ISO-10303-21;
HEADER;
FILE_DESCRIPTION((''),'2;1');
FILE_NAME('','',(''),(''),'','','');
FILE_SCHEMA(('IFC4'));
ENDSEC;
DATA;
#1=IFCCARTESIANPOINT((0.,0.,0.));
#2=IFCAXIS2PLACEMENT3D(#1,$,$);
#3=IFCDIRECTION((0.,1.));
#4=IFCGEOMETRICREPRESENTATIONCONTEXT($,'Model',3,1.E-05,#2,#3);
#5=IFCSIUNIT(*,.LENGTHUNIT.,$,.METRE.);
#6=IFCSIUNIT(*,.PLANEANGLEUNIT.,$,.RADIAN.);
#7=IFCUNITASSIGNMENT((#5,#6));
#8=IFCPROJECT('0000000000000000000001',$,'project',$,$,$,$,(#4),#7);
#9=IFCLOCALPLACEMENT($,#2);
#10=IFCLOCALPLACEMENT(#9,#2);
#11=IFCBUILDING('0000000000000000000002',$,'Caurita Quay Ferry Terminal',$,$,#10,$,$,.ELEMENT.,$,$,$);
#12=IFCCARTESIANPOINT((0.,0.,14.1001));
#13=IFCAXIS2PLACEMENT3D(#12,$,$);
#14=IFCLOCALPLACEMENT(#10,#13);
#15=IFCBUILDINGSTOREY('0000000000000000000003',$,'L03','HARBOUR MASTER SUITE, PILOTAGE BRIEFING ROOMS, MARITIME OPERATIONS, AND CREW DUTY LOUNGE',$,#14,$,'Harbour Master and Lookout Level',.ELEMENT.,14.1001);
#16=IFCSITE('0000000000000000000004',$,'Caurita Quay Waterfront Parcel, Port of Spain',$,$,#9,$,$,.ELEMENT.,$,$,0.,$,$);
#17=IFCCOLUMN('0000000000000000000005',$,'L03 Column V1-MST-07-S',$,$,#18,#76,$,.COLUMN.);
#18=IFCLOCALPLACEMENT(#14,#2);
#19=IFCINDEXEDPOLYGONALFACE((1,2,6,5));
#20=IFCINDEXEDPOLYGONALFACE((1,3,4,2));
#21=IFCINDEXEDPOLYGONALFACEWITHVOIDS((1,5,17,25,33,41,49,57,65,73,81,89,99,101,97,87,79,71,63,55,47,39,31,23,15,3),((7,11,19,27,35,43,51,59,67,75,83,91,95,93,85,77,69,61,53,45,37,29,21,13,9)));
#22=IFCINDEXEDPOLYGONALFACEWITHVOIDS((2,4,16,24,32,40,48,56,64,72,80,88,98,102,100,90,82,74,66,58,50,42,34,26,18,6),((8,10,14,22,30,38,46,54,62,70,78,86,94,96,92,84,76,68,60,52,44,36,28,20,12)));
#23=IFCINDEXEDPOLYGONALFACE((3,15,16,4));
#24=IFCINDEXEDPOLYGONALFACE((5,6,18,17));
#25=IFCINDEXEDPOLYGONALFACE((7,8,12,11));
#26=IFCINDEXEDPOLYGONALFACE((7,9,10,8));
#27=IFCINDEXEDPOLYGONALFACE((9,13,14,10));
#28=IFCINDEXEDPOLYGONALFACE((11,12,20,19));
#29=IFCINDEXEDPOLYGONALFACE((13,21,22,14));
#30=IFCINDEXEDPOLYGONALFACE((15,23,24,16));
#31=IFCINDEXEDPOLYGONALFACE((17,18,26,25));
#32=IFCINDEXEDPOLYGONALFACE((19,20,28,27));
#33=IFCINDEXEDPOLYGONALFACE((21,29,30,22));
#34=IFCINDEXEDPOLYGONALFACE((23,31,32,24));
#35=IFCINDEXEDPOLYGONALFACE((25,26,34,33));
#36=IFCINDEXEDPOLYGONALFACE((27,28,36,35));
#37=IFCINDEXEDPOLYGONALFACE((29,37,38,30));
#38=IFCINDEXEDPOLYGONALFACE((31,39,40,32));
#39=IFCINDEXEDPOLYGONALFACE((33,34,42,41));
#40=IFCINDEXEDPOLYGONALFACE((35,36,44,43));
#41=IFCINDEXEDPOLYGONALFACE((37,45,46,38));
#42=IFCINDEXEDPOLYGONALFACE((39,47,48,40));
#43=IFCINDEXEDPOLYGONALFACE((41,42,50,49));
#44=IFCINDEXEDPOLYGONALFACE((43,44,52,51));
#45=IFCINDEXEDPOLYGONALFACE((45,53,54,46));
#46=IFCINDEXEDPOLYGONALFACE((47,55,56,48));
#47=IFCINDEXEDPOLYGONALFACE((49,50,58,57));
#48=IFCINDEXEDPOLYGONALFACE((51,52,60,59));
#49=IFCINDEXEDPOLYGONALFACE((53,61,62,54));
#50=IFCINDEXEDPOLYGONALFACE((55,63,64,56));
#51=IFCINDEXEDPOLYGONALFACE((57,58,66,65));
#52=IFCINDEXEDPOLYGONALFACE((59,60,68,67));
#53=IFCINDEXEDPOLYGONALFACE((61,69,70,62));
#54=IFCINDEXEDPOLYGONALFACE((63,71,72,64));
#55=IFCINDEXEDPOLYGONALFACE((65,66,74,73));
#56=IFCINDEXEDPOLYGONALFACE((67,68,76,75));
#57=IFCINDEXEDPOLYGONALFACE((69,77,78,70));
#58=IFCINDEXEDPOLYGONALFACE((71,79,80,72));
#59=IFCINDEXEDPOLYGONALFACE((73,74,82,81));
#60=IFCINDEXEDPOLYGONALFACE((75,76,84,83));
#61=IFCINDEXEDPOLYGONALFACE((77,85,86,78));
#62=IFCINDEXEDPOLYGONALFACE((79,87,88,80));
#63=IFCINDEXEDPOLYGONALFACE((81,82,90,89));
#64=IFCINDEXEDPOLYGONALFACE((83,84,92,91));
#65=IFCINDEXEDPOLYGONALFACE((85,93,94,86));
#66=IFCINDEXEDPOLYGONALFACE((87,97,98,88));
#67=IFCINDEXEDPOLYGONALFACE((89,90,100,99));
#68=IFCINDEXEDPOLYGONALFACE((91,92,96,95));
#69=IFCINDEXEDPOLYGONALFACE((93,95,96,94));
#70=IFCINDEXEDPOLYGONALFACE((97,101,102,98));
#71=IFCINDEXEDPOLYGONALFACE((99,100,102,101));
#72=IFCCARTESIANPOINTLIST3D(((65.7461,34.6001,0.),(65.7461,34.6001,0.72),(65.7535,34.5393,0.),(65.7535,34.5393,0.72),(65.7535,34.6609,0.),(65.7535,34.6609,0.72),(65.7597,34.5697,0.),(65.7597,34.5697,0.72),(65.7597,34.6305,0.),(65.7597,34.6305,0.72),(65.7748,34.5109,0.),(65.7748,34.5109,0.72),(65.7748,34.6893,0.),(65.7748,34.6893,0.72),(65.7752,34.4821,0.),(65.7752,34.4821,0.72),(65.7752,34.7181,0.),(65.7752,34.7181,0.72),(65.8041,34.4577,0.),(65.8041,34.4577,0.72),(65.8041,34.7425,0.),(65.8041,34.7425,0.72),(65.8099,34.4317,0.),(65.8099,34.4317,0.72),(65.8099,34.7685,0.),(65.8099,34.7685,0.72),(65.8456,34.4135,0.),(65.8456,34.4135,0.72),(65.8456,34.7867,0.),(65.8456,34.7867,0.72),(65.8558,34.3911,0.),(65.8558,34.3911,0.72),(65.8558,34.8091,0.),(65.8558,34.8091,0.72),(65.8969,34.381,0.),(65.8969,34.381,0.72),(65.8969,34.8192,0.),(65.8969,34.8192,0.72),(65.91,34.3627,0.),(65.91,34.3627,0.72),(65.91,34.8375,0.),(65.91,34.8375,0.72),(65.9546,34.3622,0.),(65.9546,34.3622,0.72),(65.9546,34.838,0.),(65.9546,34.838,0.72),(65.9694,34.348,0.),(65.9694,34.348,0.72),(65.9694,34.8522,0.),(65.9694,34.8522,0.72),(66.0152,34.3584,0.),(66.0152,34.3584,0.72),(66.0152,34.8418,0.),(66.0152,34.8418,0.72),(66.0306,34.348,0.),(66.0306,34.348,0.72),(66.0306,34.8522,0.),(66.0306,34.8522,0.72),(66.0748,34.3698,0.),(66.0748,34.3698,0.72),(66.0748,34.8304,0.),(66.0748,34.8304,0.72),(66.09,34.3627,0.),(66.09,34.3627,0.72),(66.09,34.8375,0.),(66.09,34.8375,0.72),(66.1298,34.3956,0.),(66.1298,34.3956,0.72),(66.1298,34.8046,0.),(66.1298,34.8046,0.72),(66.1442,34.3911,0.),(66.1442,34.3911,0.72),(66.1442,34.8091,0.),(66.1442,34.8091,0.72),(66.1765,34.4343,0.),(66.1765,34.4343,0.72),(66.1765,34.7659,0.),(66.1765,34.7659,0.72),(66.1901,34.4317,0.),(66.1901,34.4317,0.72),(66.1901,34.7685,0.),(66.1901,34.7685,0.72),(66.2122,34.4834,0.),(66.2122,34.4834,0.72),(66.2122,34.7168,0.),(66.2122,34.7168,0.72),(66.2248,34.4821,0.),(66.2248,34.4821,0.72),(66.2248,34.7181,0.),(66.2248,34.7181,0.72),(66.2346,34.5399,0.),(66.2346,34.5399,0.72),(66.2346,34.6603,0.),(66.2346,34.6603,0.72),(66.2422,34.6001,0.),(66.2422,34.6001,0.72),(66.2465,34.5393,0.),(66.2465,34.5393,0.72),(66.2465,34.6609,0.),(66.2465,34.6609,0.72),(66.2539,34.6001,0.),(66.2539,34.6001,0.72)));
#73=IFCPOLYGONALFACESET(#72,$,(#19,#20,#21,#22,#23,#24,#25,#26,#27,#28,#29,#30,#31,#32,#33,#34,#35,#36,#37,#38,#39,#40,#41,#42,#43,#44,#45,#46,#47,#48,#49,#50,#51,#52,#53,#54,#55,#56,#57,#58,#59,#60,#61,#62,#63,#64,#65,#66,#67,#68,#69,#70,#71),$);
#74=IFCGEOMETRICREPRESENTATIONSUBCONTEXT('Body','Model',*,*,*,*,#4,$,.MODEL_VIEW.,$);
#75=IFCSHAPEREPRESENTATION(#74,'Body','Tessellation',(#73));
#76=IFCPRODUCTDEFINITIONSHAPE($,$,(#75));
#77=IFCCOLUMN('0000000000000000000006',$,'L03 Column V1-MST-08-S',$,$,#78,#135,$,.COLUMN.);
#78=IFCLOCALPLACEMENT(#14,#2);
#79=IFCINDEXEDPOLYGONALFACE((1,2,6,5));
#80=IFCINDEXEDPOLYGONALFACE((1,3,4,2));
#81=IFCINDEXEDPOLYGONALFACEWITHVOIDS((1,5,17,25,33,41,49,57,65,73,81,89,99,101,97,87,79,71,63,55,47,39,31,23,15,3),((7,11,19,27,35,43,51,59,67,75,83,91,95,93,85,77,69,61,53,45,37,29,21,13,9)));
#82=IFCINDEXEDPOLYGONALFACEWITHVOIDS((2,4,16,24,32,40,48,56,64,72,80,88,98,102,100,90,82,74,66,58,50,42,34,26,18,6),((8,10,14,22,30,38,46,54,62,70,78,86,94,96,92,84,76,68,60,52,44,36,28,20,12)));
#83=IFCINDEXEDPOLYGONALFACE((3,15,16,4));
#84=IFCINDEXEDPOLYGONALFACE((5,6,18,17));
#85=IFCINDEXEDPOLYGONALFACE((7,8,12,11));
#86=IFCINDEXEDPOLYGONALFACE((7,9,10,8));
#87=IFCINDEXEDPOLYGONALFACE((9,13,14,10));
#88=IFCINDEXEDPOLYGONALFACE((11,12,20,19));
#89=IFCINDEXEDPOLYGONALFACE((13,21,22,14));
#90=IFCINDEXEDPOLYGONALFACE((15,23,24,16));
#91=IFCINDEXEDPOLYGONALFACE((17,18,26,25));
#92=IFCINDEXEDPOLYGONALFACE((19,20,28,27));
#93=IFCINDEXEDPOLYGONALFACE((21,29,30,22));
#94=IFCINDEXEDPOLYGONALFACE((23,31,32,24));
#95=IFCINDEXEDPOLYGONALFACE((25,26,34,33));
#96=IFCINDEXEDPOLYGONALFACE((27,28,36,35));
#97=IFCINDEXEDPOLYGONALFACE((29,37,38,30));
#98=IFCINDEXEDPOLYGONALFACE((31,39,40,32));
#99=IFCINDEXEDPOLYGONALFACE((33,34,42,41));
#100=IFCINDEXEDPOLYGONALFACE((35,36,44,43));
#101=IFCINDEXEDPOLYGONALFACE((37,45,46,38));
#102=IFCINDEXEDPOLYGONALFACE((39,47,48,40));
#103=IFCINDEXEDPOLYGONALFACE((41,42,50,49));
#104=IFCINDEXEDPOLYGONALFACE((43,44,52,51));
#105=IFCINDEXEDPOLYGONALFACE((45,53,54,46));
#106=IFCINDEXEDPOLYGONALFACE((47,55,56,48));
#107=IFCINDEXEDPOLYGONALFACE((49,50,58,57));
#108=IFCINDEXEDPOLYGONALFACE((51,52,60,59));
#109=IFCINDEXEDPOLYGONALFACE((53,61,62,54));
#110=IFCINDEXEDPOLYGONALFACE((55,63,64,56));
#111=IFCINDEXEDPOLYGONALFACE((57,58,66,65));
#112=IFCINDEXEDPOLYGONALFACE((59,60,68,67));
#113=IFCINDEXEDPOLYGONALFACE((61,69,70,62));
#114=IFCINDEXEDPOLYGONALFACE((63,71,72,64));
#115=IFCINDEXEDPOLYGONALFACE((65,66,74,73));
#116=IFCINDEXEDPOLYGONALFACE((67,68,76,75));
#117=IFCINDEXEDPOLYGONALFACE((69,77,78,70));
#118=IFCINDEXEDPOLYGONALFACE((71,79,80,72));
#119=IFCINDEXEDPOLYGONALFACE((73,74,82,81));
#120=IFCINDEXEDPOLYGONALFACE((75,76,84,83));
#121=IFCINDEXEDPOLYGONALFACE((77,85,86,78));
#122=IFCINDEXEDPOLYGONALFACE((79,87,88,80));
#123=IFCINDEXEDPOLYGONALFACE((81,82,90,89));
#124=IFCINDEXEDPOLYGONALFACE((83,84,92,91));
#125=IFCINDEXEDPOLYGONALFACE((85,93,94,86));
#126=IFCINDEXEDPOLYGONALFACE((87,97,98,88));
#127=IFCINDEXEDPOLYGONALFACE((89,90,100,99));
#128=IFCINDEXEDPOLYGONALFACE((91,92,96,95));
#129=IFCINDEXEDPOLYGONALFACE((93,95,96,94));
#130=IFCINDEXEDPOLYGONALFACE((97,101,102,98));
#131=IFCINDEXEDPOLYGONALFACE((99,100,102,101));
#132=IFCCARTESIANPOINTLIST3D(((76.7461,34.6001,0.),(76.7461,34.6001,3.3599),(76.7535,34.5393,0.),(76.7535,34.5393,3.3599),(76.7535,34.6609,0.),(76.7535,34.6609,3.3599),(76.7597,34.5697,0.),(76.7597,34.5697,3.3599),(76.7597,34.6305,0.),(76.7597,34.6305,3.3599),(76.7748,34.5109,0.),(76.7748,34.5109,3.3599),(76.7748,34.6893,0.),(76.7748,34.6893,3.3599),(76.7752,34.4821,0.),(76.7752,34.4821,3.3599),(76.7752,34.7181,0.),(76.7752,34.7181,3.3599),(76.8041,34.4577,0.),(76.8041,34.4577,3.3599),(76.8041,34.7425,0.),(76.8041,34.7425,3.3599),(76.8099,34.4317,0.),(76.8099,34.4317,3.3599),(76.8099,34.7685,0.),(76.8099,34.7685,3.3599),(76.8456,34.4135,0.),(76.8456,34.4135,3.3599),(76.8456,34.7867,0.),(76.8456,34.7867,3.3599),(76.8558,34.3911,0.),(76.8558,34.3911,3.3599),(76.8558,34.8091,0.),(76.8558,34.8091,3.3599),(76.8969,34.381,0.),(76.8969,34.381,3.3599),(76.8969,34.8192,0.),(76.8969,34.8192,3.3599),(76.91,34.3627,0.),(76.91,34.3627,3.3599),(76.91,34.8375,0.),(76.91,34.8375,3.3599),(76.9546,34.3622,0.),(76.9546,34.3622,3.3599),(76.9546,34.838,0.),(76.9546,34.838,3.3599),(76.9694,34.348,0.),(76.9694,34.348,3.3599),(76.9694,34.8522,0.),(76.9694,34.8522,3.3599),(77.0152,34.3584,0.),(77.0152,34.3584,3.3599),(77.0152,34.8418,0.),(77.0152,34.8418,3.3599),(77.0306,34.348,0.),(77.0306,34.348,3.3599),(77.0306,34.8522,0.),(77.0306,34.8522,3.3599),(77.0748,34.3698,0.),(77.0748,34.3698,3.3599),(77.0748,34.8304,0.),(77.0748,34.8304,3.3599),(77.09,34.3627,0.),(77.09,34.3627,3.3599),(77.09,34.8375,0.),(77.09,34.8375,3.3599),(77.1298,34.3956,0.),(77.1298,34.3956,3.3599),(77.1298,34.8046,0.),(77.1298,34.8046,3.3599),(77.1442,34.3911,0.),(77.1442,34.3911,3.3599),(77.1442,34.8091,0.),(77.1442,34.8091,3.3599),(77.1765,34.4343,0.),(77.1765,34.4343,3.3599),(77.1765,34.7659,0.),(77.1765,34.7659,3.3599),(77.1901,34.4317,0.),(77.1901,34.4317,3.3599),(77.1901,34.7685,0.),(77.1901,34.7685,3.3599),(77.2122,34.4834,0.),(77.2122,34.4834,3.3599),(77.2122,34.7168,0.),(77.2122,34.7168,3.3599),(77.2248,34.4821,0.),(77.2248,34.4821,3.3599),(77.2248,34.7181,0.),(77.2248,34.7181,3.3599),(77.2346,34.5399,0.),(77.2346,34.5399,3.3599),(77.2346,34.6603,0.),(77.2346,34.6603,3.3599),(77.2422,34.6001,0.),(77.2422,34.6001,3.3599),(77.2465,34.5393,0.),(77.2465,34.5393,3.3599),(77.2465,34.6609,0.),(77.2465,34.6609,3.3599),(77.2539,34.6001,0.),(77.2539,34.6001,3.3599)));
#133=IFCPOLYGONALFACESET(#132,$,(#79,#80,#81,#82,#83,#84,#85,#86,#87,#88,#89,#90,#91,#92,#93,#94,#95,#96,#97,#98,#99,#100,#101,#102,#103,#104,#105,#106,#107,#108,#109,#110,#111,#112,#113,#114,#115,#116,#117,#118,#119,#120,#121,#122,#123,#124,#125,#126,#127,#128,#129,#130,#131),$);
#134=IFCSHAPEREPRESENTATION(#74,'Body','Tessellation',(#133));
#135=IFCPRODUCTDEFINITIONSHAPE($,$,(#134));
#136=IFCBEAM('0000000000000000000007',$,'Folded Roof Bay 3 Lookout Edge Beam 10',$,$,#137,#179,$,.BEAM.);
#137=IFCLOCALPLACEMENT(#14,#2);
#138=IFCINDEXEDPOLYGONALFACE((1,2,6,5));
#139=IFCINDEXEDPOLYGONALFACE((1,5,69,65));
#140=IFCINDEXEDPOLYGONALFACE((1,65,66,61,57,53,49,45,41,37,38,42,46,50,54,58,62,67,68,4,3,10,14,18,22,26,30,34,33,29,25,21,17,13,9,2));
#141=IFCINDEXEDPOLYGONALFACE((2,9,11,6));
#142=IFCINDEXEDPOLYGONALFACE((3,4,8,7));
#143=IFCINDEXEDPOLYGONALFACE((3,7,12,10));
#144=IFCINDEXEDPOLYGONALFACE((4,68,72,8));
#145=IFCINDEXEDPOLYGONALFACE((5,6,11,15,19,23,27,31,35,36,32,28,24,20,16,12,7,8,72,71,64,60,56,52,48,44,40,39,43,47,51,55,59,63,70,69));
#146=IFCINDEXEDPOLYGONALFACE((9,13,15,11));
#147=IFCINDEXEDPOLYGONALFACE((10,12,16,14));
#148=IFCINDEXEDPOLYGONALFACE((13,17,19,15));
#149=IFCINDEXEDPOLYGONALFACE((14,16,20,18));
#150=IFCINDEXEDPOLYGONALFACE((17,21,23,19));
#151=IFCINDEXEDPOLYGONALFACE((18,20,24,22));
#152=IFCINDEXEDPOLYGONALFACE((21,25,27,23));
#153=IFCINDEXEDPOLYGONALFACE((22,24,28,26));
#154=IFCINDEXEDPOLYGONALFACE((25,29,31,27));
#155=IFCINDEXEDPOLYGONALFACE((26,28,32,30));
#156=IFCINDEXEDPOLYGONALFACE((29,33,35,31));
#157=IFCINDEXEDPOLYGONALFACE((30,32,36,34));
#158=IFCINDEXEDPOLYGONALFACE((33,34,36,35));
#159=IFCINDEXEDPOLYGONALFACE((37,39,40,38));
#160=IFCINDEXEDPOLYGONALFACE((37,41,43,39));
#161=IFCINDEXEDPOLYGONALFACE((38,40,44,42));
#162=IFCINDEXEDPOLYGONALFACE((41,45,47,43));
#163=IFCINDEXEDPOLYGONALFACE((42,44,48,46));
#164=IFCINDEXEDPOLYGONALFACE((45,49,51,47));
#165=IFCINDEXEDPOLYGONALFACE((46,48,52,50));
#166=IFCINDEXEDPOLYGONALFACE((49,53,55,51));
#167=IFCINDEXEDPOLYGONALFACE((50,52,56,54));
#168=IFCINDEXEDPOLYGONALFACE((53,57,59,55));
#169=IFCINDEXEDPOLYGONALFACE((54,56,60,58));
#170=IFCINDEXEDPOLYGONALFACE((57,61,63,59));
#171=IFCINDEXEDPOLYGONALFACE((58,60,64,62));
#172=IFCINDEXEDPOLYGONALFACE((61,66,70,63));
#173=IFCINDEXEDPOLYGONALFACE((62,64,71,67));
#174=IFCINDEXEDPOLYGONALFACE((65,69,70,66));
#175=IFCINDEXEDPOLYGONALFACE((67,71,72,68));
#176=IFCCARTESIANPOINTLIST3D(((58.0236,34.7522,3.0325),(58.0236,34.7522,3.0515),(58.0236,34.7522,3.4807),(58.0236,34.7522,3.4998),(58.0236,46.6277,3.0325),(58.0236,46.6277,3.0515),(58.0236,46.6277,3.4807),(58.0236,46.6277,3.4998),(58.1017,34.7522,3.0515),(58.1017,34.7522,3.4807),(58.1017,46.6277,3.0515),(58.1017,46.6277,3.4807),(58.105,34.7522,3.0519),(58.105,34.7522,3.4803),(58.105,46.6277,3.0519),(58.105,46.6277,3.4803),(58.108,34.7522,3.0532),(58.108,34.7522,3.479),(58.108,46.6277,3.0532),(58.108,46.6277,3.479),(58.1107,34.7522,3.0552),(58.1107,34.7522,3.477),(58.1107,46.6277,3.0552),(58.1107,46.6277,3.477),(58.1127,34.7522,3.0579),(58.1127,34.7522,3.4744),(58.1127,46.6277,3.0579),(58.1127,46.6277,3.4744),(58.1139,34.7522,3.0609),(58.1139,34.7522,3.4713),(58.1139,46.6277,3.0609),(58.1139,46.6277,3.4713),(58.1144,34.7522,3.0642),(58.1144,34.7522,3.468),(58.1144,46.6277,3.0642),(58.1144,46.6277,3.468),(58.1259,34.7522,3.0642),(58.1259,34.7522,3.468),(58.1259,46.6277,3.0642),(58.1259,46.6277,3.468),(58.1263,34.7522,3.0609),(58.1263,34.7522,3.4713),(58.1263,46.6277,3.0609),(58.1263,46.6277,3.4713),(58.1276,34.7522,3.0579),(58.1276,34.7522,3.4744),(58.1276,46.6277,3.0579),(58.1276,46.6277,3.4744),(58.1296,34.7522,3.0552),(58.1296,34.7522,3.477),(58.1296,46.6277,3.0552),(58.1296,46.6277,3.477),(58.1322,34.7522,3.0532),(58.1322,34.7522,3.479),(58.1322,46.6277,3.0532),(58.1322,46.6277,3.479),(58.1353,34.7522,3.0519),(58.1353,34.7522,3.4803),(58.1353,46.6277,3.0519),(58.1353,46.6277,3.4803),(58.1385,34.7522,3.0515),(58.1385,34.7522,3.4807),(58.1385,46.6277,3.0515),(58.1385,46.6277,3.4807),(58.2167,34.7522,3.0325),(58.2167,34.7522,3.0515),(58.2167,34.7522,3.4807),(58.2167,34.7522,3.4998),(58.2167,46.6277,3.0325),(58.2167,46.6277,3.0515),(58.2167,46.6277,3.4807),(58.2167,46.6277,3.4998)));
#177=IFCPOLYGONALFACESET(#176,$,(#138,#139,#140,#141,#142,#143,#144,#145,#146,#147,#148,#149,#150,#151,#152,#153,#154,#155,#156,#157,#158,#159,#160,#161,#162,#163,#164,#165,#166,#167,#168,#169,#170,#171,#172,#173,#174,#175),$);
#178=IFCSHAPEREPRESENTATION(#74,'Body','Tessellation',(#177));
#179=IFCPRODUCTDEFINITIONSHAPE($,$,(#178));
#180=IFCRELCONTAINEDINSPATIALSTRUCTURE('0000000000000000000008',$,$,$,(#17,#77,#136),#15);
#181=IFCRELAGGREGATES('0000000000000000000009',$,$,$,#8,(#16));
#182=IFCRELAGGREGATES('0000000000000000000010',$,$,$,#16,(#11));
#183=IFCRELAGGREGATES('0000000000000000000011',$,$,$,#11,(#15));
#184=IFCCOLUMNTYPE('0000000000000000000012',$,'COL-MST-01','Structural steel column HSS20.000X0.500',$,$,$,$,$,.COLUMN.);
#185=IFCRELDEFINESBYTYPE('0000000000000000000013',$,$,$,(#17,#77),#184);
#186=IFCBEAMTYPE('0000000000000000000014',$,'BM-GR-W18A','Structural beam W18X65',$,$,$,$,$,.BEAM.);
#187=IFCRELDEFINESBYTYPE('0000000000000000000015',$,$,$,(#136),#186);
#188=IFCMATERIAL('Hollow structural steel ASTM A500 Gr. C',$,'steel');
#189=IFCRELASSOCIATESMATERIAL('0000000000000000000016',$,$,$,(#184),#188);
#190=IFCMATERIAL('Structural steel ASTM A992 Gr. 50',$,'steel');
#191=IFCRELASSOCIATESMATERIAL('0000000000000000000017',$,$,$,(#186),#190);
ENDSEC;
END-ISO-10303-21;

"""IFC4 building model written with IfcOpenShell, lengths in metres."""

from ifc_helpers import new_model, si_unit, direction, frame, origin, origin_2d, place, context, subcontext, project, spatial, hollow_circle, i_section, extrude, material, material_profile, profile_set, type_object, element, save


model = new_model("IFC4")

# Units and contexts
model_context = context("Model", 3, precision=1e-05, world=origin(), true_north=direction((0.0, 1.0)))
body_context = subcontext(model_context, "Body", "Model", "MODEL_VIEW")
ifc_project = project(units=[si_unit("LENGTHUNIT", "METRE"), si_unit("PLANEANGLEUNIT", "RADIAN")], contexts=[model_context])

# Site, building, storey
site_placement = place(None, origin())
site = spatial("IfcSite", under=ifc_project, at=site_placement, Name="Caurita Quay Waterfront Parcel, Port of Spain", CompositionType="ELEMENT", RefElevation=0.0)
building_placement = place(site_placement, origin())
building = spatial("IfcBuilding", under=site, at=building_placement, Name="Caurita Quay Ferry Terminal", CompositionType="ELEMENT")
storey_placement = place(building_placement, frame((0.0, 0.0, 14.1001)))
storey = spatial("IfcBuildingStorey", under=building, at=storey_placement, Name="L03", Description="HARBOUR MASTER SUITE, PILOTAGE BRIEFING ROOMS, MARITIME OPERATIONS, AND CREW DUTY LOUNGE", LongName="Harbour Master and Lookout Level", CompositionType="ELEMENT", Elevation=14.1001)

# Columns
ifc_material_1 = material(Name="Hollow structural steel ASTM A500 Gr. C", Category="steel")
ifc_material_profile_1 = material_profile(ifc_material_1, hollow_circle(Radius=0.2539, WallThickness=0.0117, at=origin_2d()), Name="HSS20.000X0.500")
ifc_profile_set_1 = profile_set([ifc_material_profile_1], Name="Hollow structural steel ASTM A500 Gr. C")
column_type = type_object("IfcColumnType", Name="COL-MST-01", Description="Structural steel column HSS20.000X0.500", PredefinedType="COLUMN", material=ifc_profile_set_1)
column_1_placement = place(storey_placement, frame((66.0, 34.6001, 0.0), z_axis=(0.0, 0.0, 1.0), x_axis=(1.0, 0.0, 0.0)))
element("IfcColumn", 1, at=column_1_placement, inside=storey, type_object=column_type, Name="L03 Column V1-MST-07-S", PredefinedType="COLUMN", context=body_context, shape_type="SweptSolid", body=[
    extrude(hollow_circle(Radius=0.2539, WallThickness=0.0117, at=origin_2d()), origin(), (0.0, 0.0, 1.0), 0.72),
])
column_2_placement = place(storey_placement, frame((77.0, 34.6001, 0.0), z_axis=(0.0, 0.0, 1.0), x_axis=(1.0, 0.0, 0.0)))
element("IfcColumn", 2, at=column_2_placement, inside=storey, type_object=column_type, Name="L03 Column V1-MST-08-S", PredefinedType="COLUMN", context=body_context, shape_type="SweptSolid", body=[
    extrude(hollow_circle(Radius=0.2539, WallThickness=0.0117, at=origin_2d()), origin(), (0.0, 0.0, 1.0), 3.3599),
])

# Beam
ifc_material_2 = material(Name="Structural steel ASTM A992 Gr. 50", Category="steel")
ifc_material_profile_2 = material_profile(ifc_material_2, i_section(OverallWidth=0.1931, OverallDepth=0.4673, WebThickness=0.0115, FlangeThickness=0.019, FilletRadius=0.0127, at=origin_2d()), Name="W18X65")
ifc_profile_set_2 = profile_set([ifc_material_profile_2], Name="Structural steel ASTM A992 Gr. 50")
beam_type_1 = type_object("IfcBeamType", Name="BM-GR-W18A", Description="Structural beam W18X65", PredefinedType="BEAM", material=ifc_profile_set_2)
for number, where, z_axis, x_axis, name in (
    (3, (58.1201, 46.6277, 3.2661), (0.0, -1.0, 0.0), (1.0, 0.0, 0.0), "Folded Roof Bay 3 Lookout Edge Beam 10"),
):
    element("IfcBeam", number, at=place(storey_placement, frame(where, z_axis=z_axis, x_axis=x_axis)), inside=storey, type_object=beam_type_1, Name=name, PredefinedType="BEAM", context=body_context, shape_type="SweptSolid", body=[
        extrude(i_section(OverallWidth=0.1931, OverallDepth=0.4673, WebThickness=0.0115, FlangeThickness=0.019, FilletRadius=0.0127, at=origin_2d()), origin(), (0.0, 0.0, 1.0), 11.8755),
    ])

save(model, "model.ifc")
